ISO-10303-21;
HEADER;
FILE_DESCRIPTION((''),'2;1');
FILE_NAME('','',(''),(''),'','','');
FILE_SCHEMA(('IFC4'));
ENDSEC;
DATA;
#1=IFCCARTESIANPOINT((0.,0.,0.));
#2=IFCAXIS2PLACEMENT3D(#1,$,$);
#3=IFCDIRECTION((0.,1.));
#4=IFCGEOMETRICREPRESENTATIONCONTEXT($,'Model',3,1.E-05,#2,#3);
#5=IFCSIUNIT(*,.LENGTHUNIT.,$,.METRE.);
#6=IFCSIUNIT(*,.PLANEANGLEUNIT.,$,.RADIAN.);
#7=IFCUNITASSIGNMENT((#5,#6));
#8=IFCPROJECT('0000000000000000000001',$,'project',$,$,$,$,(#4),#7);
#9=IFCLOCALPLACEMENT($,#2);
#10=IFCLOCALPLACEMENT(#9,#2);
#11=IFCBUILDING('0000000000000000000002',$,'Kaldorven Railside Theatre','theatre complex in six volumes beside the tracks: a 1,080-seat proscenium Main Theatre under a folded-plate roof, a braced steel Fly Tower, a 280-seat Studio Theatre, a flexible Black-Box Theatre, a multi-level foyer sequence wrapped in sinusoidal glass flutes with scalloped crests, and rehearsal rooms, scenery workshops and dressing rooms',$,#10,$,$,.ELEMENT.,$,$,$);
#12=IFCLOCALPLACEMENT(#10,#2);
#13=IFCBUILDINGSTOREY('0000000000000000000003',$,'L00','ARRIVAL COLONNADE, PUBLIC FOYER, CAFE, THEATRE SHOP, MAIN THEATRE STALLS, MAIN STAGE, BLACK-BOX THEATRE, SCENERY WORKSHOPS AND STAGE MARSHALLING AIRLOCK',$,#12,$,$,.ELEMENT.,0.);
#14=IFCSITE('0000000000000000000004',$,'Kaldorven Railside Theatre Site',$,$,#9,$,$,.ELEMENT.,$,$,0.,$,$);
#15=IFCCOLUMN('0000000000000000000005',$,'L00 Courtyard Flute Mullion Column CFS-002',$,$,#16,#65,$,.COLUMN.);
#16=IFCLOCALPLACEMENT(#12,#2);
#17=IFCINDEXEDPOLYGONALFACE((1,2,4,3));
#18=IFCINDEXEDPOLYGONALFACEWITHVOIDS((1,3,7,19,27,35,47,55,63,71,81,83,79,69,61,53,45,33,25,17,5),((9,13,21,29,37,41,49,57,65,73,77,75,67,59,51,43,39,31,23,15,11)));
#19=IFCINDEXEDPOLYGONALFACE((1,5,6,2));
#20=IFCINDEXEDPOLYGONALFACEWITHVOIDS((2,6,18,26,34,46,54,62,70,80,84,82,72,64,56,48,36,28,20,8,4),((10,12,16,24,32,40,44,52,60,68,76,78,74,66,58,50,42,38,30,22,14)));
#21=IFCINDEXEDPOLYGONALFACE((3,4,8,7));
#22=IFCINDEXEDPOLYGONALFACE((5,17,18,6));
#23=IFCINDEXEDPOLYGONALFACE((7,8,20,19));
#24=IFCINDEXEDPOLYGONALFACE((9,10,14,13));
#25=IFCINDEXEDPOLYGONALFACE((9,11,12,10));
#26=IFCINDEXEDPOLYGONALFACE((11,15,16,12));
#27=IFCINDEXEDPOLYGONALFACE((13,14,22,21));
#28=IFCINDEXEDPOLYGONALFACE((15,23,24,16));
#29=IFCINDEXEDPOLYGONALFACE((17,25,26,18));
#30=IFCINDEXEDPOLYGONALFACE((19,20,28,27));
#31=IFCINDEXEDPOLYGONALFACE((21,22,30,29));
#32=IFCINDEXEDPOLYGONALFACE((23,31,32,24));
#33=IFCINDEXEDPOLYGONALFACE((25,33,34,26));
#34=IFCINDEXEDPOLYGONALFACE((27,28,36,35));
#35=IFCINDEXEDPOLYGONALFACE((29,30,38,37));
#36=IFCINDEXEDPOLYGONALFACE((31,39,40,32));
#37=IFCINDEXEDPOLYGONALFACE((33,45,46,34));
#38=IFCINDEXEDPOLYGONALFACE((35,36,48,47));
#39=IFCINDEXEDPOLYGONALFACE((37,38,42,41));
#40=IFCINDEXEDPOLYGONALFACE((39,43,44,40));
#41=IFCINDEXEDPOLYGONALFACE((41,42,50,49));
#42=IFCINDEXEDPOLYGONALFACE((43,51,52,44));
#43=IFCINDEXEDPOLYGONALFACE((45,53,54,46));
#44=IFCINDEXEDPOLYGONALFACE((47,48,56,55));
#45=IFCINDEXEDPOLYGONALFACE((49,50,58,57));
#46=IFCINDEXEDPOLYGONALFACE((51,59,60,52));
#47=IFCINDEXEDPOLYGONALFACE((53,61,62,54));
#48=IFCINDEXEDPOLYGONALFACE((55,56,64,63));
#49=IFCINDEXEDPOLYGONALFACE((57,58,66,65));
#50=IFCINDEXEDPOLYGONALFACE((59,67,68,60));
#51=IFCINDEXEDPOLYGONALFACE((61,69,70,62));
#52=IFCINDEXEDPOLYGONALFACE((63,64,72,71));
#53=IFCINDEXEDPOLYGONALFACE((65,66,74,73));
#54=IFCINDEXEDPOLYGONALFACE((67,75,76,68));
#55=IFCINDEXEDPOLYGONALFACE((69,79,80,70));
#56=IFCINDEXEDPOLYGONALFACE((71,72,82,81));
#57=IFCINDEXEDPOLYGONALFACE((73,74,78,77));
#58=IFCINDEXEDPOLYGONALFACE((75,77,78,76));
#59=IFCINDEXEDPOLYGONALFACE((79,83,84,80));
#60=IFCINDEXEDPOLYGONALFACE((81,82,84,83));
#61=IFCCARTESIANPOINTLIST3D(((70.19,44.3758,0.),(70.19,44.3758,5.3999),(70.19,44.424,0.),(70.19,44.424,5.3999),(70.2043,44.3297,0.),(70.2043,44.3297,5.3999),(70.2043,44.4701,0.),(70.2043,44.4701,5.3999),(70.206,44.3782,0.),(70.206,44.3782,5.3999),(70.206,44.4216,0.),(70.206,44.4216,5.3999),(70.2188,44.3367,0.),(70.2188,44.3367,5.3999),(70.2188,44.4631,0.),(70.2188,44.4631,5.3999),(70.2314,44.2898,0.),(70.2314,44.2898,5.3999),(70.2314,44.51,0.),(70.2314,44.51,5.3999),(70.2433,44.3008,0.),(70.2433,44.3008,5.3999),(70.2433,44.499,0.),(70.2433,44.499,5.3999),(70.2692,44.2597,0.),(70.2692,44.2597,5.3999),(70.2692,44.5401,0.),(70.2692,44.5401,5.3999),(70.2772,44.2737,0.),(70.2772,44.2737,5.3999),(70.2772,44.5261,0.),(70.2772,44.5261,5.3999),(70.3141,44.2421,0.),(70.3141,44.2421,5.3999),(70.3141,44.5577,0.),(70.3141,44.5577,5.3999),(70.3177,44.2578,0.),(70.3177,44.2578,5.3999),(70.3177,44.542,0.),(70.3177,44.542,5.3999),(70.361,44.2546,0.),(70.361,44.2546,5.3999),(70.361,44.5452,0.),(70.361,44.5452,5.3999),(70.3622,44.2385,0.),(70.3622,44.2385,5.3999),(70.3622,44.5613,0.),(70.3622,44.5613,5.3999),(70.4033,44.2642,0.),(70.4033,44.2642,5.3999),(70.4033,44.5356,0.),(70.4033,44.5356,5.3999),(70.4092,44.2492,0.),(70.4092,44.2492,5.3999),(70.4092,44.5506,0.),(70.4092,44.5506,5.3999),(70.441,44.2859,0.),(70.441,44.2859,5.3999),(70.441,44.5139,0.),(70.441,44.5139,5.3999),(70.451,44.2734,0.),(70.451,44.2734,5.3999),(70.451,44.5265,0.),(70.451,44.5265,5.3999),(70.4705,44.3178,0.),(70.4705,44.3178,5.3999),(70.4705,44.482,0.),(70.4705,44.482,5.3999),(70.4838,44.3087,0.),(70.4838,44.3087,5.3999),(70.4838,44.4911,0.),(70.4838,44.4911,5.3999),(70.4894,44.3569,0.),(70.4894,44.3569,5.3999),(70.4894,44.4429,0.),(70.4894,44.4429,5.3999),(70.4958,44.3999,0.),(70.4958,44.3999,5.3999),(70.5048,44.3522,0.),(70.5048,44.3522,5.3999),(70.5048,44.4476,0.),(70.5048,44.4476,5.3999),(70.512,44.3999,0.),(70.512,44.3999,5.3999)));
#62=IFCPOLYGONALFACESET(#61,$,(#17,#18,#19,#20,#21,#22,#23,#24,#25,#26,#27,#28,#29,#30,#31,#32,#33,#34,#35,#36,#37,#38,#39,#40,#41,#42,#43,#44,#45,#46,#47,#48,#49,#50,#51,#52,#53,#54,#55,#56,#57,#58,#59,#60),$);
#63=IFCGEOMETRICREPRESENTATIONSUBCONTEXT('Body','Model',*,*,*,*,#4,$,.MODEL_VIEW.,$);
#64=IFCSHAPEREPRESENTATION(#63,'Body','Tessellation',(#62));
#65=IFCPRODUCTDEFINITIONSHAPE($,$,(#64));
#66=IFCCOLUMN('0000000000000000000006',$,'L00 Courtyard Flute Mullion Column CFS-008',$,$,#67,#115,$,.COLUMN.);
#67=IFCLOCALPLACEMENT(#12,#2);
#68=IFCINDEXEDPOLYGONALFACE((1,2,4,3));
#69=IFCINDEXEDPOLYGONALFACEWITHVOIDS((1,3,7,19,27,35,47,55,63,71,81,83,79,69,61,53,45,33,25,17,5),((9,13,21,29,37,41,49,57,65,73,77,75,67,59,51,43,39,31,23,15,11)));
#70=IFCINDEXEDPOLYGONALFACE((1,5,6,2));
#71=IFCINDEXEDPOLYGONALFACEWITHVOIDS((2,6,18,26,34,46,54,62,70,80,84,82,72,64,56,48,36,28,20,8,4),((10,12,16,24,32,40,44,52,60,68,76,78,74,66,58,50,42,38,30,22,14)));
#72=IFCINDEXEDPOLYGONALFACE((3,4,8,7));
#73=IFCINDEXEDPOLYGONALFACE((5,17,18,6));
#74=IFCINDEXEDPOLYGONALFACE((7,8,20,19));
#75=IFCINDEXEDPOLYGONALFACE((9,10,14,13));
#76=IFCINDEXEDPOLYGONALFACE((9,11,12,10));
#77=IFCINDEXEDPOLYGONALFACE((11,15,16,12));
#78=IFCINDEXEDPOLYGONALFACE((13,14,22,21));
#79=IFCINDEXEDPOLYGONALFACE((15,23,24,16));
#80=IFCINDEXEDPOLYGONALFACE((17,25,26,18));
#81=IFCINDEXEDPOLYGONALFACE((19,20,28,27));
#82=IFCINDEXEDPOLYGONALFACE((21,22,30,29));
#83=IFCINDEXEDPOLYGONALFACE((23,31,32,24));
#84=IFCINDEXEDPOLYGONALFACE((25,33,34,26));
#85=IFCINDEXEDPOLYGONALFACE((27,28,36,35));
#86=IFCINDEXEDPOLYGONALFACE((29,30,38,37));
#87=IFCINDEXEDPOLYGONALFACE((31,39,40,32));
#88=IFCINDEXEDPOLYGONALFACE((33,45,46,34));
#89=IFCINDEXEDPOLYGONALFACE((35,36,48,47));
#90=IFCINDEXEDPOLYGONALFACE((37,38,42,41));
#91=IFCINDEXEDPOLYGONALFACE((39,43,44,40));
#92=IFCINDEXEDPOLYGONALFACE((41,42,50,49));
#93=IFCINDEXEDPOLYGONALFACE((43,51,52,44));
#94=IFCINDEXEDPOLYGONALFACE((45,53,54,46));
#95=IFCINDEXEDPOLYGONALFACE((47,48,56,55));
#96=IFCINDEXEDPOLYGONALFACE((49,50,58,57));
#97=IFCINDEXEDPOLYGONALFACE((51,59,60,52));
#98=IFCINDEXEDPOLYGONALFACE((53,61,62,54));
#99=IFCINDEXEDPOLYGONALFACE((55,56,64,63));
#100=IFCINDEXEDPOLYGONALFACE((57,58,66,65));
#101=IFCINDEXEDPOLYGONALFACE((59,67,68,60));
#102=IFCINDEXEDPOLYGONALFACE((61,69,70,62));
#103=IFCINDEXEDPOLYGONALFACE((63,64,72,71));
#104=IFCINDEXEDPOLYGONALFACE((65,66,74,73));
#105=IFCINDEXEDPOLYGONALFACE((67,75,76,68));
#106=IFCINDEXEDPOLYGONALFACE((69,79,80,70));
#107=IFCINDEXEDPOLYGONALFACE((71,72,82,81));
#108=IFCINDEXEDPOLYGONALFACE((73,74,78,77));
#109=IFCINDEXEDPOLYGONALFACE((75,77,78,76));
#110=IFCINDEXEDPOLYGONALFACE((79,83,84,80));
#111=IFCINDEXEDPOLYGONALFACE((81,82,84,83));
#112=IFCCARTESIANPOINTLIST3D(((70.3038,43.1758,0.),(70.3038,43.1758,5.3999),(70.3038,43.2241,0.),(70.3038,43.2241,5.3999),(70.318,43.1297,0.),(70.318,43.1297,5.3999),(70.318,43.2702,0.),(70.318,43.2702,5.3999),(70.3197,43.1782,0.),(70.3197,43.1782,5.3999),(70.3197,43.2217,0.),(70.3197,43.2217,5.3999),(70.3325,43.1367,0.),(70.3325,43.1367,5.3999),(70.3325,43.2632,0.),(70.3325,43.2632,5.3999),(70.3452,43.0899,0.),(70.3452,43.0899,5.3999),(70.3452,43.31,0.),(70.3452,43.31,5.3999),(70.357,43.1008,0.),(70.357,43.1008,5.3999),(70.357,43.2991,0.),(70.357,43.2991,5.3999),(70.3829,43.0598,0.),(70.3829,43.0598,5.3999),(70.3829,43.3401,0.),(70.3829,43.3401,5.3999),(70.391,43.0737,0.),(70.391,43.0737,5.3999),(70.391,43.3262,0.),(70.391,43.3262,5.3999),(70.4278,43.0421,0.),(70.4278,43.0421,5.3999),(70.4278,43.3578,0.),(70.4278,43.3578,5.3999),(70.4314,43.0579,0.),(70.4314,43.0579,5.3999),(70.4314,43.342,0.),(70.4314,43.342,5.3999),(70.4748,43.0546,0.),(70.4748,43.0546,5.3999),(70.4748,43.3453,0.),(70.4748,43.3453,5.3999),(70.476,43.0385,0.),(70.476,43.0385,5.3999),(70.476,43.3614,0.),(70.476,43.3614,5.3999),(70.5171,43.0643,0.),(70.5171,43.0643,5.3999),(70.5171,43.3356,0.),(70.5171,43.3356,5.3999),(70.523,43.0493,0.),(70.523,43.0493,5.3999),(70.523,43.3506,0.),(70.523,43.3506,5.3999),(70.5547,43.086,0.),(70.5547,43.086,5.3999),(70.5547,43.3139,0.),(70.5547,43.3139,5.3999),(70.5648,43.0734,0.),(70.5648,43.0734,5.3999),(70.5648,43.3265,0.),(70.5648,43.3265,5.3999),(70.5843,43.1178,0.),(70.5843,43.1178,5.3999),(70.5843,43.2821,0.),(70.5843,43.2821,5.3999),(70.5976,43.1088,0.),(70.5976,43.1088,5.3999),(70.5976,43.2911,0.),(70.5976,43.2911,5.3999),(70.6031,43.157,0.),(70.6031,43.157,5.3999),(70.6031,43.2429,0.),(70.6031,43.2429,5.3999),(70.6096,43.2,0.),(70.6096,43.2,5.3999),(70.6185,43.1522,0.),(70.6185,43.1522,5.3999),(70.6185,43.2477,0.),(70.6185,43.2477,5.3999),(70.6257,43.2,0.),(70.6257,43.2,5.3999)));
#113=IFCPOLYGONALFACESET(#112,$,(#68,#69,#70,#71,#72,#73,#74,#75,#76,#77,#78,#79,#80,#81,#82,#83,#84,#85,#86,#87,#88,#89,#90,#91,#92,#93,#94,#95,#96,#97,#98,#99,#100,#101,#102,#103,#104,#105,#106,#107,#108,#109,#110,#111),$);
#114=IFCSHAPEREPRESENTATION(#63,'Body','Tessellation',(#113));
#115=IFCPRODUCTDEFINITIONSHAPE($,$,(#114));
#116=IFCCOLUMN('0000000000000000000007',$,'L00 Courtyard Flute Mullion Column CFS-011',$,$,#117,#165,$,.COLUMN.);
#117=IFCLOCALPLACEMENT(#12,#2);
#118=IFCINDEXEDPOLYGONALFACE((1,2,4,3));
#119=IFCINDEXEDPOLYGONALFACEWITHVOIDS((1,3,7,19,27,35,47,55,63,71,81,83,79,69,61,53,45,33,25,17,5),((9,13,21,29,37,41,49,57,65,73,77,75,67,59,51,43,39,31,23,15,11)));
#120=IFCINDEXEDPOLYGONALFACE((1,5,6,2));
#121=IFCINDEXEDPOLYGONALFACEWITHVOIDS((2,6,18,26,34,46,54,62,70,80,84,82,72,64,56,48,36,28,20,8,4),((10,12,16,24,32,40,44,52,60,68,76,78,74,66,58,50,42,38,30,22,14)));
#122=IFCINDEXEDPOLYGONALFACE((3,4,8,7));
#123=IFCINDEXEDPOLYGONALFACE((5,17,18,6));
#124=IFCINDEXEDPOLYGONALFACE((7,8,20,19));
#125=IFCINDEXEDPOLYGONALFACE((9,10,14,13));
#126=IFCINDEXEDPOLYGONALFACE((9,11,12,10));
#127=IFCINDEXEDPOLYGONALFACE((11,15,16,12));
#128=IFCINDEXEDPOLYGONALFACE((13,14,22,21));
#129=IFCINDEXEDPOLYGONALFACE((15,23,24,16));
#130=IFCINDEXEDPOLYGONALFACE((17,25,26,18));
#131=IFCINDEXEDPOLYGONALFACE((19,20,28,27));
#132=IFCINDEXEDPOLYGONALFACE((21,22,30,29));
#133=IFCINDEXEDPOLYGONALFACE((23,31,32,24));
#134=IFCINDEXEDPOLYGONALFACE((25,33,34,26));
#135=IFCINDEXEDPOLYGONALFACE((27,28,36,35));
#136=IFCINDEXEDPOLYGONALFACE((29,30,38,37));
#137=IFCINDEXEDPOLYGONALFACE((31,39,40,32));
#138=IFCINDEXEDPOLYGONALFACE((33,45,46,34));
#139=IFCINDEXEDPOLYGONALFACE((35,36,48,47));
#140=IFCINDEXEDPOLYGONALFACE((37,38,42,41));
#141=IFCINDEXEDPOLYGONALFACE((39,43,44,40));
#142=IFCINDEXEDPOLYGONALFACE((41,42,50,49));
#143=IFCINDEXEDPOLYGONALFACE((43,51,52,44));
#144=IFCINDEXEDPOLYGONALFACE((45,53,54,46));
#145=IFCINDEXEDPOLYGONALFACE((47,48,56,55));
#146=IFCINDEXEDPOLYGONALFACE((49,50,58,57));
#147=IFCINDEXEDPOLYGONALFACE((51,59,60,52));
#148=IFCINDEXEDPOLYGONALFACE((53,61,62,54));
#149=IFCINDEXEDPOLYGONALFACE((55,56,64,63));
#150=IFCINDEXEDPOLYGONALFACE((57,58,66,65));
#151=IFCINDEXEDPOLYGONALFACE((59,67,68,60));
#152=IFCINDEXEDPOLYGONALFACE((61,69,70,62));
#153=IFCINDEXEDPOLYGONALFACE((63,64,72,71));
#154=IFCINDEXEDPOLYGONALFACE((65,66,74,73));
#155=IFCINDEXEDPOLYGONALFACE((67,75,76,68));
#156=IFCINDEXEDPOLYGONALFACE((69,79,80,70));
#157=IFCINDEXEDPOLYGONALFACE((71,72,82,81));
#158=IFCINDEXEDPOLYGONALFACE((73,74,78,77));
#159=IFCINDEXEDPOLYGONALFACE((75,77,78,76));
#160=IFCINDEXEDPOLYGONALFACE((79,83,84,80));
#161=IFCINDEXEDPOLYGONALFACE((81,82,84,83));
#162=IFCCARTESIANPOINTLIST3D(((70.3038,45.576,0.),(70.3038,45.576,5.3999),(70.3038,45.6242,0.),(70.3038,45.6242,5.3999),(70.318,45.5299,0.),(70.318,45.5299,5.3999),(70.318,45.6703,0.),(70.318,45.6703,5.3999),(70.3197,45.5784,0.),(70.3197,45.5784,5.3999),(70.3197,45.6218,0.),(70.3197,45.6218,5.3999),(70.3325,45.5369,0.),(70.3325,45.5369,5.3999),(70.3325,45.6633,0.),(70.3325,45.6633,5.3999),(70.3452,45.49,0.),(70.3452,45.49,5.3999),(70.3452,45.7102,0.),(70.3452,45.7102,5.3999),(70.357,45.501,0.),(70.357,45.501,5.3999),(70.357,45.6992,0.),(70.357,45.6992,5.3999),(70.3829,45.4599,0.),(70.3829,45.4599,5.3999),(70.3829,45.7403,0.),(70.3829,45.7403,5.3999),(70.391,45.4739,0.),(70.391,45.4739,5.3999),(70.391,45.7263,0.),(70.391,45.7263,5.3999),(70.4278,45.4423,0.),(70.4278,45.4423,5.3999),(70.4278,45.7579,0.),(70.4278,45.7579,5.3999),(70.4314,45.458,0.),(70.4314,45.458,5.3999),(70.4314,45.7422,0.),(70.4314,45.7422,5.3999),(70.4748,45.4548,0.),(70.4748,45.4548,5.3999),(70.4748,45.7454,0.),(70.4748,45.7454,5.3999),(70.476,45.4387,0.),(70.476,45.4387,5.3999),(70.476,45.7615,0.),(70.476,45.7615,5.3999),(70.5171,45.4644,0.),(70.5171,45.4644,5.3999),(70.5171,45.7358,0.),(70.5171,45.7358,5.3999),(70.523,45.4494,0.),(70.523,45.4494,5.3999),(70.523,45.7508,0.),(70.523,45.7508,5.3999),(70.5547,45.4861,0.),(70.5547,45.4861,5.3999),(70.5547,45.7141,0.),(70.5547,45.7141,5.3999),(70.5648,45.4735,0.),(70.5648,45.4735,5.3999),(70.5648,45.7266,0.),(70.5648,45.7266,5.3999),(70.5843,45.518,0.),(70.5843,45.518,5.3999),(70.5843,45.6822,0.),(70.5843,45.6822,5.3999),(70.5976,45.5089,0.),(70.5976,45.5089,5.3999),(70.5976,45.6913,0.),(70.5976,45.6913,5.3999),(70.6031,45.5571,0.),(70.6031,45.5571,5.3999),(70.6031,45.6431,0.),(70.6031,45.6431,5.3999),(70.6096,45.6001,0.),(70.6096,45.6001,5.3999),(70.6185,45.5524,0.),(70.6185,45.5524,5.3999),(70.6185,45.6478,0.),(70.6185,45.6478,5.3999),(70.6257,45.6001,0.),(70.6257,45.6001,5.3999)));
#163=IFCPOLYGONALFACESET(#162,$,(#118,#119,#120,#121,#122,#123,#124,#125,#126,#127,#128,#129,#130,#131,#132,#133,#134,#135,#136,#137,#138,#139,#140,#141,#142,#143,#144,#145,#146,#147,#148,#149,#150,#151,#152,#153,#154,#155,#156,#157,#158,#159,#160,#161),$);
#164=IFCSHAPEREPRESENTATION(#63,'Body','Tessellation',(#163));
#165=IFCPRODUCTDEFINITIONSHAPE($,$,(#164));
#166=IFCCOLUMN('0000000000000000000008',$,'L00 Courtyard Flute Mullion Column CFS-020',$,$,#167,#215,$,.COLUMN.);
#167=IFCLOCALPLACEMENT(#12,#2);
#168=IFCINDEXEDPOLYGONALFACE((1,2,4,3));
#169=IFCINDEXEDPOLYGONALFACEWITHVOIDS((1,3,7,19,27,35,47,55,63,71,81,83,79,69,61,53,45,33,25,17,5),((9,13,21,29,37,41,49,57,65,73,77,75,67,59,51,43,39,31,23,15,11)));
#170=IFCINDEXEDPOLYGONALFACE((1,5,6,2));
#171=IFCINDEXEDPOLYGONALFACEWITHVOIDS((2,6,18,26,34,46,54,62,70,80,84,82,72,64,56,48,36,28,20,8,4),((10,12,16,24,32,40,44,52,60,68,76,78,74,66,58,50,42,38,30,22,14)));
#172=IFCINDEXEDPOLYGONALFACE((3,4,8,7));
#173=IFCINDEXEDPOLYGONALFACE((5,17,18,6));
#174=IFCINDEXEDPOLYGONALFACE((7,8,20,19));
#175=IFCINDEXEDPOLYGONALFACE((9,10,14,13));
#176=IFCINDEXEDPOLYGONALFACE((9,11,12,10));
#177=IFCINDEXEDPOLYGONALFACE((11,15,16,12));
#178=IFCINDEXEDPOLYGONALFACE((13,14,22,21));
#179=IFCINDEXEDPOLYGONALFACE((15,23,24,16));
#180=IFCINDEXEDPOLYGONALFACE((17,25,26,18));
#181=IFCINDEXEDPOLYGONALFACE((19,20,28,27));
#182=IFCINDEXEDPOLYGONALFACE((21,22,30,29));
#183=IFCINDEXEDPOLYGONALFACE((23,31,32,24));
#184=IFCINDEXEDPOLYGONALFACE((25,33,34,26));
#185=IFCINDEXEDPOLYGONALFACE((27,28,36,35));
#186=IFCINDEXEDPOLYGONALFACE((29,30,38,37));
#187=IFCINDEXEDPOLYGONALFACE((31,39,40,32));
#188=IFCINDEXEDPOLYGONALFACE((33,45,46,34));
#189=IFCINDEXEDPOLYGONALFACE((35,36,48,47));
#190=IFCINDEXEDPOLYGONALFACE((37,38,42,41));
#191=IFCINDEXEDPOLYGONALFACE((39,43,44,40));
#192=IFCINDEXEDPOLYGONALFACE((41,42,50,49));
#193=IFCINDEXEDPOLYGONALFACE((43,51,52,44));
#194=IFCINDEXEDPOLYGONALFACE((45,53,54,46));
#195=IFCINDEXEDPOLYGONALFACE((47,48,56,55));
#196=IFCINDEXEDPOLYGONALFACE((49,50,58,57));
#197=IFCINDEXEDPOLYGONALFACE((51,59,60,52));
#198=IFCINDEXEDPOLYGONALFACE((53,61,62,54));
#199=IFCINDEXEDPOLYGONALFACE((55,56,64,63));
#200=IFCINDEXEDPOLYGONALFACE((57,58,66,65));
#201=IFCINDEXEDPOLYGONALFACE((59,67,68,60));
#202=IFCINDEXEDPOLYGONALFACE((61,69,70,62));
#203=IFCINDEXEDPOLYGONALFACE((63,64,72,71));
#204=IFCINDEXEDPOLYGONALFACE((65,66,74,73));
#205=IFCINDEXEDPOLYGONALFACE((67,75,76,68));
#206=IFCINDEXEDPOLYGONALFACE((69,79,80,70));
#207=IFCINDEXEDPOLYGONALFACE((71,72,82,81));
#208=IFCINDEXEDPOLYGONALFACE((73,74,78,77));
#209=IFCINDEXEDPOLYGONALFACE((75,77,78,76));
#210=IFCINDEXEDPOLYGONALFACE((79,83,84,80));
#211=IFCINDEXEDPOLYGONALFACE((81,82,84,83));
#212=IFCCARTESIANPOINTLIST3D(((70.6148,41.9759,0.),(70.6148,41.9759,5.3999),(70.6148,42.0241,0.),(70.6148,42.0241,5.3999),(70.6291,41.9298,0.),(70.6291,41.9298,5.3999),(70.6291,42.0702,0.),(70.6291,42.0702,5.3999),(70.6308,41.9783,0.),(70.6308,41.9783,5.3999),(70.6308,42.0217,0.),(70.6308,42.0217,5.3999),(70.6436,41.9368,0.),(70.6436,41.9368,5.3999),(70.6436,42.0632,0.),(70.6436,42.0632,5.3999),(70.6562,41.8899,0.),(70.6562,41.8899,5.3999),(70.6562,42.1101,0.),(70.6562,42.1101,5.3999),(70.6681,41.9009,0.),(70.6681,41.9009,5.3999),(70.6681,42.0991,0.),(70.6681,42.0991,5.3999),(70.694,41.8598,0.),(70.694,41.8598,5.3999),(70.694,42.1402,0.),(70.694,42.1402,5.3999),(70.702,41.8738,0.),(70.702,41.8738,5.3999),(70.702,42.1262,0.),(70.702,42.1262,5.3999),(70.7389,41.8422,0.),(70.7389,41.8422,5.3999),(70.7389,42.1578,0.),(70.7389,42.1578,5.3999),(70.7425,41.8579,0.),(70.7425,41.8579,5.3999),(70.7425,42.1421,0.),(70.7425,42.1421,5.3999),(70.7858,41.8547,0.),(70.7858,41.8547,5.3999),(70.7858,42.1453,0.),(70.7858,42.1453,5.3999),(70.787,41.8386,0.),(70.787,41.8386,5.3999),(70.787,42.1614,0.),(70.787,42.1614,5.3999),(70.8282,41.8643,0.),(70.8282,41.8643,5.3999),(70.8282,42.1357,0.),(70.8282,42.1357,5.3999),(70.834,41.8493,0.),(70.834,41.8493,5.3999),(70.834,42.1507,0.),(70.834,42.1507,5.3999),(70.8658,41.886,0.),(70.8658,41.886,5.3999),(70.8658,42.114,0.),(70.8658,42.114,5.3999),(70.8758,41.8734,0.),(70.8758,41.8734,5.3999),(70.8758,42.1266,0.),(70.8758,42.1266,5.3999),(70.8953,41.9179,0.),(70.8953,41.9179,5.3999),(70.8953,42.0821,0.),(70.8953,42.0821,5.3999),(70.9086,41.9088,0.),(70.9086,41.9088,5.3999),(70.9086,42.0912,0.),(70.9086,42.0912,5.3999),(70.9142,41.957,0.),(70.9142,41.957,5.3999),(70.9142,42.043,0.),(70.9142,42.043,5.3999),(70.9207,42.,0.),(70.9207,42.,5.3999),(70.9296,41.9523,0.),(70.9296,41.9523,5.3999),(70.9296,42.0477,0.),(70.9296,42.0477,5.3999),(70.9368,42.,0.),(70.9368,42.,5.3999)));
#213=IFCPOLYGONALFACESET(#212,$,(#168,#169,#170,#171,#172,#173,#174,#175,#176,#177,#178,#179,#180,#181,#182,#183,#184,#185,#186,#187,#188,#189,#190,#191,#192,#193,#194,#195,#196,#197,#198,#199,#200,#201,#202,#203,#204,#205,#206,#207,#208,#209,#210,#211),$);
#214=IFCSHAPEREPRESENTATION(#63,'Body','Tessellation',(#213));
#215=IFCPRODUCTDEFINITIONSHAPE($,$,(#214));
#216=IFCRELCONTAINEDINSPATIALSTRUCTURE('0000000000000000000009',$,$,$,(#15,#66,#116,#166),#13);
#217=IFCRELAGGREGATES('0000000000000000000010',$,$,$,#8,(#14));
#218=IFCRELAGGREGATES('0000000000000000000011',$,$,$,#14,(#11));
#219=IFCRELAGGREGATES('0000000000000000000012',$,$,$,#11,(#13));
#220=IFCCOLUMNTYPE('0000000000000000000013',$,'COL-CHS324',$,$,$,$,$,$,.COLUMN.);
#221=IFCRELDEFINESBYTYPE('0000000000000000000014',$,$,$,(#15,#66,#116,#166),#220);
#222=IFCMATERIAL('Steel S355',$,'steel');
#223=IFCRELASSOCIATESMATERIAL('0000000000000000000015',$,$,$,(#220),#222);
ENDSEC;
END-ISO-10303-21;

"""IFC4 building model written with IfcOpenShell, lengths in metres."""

from ifc_helpers import new_model, si_unit, direction, frame, origin, origin_2d, place, context, subcontext, project, spatial, hollow_circle, extrude, material, material_profile, profile_set, type_object, element, save


model = new_model("IFC4")

# Units and contexts
model_context = context("Model", 3, precision=1e-05, world=origin(), true_north=direction((0.0, 1.0)))
body_context = subcontext(model_context, "Body", "Model", "MODEL_VIEW")
ifc_project = project(units=[si_unit("LENGTHUNIT", "METRE"), si_unit("PLANEANGLEUNIT", "RADIAN")], contexts=[model_context])

# Site, building, storey
site_placement = place(None, origin())
site = spatial("IfcSite", under=ifc_project, at=site_placement, Name="Kaldorven Railside Theatre Site", CompositionType="ELEMENT", RefElevation=0.0)
building_placement = place(site_placement, origin())
building = spatial("IfcBuilding", under=site, at=building_placement, Name="Kaldorven Railside Theatre", Description="theatre complex in six volumes beside the tracks: a 1,080-seat proscenium Main Theatre under a folded-plate roof, a braced steel Fly Tower, a 280-seat Studio Theatre, a flexible Black-Box Theatre, a multi-level foyer sequence wrapped in sinusoidal glass flutes with scalloped crests, and rehearsal rooms, scenery workshops and dressing rooms", CompositionType="ELEMENT")
storey_placement = place(building_placement, origin())
storey = spatial("IfcBuildingStorey", under=building, at=storey_placement, Name="L00", Description="ARRIVAL COLONNADE, PUBLIC FOYER, CAFE, THEATRE SHOP, MAIN THEATRE STALLS, MAIN STAGE, BLACK-BOX THEATRE, SCENERY WORKSHOPS AND STAGE MARSHALLING AIRLOCK", CompositionType="ELEMENT", Elevation=0.0)

# Columns
ifc_material_1 = material(Name="Steel S355", Category="steel")
ifc_material_profile_1 = material_profile(ifc_material_1, hollow_circle(Radius=0.1619, WallThickness=0.0161, at=origin_2d()), Name="CHS 323.9x16")
ifc_profile_set_1 = profile_set([ifc_material_profile_1], Name="Steel S355")
column_type_1 = type_object("IfcColumnType", Name="COL-CHS324", PredefinedType="COLUMN", material=ifc_profile_set_1)
for number, where, z_axis, x_axis, name in (
    (1, (70.3501, 44.3999, 0.0), (0.0, 0.0, 1.0), (1.0, 0.0, 0.0), "L00 Courtyard Flute Mullion Column CFS-002"),
    (2, (70.4639, 43.2, 0.0), (0.0, 0.0, 1.0), (1.0, 0.0, 0.0), "L00 Courtyard Flute Mullion Column CFS-008"),
    (3, (70.4639, 45.6001, 0.0), (0.0, 0.0, 1.0), (1.0, 0.0, 0.0), "L00 Courtyard Flute Mullion Column CFS-011"),
    (4, (70.7749, 42.0, 0.0), (0.0, 0.0, 1.0), (1.0, 0.0, 0.0), "L00 Courtyard Flute Mullion Column CFS-020"),
):
    element("IfcColumn", number, at=place(storey_placement, frame(where, z_axis=z_axis, x_axis=x_axis)), inside=storey, type_object=column_type_1, Name=name, PredefinedType="COLUMN", context=body_context, shape_type="SweptSolid", body=[
        extrude(hollow_circle(Radius=0.1619, WallThickness=0.0161, at=origin_2d()), origin(), (0.0, 0.0, 1.0), 5.3999),
    ])

save(model, "model.ifc")
